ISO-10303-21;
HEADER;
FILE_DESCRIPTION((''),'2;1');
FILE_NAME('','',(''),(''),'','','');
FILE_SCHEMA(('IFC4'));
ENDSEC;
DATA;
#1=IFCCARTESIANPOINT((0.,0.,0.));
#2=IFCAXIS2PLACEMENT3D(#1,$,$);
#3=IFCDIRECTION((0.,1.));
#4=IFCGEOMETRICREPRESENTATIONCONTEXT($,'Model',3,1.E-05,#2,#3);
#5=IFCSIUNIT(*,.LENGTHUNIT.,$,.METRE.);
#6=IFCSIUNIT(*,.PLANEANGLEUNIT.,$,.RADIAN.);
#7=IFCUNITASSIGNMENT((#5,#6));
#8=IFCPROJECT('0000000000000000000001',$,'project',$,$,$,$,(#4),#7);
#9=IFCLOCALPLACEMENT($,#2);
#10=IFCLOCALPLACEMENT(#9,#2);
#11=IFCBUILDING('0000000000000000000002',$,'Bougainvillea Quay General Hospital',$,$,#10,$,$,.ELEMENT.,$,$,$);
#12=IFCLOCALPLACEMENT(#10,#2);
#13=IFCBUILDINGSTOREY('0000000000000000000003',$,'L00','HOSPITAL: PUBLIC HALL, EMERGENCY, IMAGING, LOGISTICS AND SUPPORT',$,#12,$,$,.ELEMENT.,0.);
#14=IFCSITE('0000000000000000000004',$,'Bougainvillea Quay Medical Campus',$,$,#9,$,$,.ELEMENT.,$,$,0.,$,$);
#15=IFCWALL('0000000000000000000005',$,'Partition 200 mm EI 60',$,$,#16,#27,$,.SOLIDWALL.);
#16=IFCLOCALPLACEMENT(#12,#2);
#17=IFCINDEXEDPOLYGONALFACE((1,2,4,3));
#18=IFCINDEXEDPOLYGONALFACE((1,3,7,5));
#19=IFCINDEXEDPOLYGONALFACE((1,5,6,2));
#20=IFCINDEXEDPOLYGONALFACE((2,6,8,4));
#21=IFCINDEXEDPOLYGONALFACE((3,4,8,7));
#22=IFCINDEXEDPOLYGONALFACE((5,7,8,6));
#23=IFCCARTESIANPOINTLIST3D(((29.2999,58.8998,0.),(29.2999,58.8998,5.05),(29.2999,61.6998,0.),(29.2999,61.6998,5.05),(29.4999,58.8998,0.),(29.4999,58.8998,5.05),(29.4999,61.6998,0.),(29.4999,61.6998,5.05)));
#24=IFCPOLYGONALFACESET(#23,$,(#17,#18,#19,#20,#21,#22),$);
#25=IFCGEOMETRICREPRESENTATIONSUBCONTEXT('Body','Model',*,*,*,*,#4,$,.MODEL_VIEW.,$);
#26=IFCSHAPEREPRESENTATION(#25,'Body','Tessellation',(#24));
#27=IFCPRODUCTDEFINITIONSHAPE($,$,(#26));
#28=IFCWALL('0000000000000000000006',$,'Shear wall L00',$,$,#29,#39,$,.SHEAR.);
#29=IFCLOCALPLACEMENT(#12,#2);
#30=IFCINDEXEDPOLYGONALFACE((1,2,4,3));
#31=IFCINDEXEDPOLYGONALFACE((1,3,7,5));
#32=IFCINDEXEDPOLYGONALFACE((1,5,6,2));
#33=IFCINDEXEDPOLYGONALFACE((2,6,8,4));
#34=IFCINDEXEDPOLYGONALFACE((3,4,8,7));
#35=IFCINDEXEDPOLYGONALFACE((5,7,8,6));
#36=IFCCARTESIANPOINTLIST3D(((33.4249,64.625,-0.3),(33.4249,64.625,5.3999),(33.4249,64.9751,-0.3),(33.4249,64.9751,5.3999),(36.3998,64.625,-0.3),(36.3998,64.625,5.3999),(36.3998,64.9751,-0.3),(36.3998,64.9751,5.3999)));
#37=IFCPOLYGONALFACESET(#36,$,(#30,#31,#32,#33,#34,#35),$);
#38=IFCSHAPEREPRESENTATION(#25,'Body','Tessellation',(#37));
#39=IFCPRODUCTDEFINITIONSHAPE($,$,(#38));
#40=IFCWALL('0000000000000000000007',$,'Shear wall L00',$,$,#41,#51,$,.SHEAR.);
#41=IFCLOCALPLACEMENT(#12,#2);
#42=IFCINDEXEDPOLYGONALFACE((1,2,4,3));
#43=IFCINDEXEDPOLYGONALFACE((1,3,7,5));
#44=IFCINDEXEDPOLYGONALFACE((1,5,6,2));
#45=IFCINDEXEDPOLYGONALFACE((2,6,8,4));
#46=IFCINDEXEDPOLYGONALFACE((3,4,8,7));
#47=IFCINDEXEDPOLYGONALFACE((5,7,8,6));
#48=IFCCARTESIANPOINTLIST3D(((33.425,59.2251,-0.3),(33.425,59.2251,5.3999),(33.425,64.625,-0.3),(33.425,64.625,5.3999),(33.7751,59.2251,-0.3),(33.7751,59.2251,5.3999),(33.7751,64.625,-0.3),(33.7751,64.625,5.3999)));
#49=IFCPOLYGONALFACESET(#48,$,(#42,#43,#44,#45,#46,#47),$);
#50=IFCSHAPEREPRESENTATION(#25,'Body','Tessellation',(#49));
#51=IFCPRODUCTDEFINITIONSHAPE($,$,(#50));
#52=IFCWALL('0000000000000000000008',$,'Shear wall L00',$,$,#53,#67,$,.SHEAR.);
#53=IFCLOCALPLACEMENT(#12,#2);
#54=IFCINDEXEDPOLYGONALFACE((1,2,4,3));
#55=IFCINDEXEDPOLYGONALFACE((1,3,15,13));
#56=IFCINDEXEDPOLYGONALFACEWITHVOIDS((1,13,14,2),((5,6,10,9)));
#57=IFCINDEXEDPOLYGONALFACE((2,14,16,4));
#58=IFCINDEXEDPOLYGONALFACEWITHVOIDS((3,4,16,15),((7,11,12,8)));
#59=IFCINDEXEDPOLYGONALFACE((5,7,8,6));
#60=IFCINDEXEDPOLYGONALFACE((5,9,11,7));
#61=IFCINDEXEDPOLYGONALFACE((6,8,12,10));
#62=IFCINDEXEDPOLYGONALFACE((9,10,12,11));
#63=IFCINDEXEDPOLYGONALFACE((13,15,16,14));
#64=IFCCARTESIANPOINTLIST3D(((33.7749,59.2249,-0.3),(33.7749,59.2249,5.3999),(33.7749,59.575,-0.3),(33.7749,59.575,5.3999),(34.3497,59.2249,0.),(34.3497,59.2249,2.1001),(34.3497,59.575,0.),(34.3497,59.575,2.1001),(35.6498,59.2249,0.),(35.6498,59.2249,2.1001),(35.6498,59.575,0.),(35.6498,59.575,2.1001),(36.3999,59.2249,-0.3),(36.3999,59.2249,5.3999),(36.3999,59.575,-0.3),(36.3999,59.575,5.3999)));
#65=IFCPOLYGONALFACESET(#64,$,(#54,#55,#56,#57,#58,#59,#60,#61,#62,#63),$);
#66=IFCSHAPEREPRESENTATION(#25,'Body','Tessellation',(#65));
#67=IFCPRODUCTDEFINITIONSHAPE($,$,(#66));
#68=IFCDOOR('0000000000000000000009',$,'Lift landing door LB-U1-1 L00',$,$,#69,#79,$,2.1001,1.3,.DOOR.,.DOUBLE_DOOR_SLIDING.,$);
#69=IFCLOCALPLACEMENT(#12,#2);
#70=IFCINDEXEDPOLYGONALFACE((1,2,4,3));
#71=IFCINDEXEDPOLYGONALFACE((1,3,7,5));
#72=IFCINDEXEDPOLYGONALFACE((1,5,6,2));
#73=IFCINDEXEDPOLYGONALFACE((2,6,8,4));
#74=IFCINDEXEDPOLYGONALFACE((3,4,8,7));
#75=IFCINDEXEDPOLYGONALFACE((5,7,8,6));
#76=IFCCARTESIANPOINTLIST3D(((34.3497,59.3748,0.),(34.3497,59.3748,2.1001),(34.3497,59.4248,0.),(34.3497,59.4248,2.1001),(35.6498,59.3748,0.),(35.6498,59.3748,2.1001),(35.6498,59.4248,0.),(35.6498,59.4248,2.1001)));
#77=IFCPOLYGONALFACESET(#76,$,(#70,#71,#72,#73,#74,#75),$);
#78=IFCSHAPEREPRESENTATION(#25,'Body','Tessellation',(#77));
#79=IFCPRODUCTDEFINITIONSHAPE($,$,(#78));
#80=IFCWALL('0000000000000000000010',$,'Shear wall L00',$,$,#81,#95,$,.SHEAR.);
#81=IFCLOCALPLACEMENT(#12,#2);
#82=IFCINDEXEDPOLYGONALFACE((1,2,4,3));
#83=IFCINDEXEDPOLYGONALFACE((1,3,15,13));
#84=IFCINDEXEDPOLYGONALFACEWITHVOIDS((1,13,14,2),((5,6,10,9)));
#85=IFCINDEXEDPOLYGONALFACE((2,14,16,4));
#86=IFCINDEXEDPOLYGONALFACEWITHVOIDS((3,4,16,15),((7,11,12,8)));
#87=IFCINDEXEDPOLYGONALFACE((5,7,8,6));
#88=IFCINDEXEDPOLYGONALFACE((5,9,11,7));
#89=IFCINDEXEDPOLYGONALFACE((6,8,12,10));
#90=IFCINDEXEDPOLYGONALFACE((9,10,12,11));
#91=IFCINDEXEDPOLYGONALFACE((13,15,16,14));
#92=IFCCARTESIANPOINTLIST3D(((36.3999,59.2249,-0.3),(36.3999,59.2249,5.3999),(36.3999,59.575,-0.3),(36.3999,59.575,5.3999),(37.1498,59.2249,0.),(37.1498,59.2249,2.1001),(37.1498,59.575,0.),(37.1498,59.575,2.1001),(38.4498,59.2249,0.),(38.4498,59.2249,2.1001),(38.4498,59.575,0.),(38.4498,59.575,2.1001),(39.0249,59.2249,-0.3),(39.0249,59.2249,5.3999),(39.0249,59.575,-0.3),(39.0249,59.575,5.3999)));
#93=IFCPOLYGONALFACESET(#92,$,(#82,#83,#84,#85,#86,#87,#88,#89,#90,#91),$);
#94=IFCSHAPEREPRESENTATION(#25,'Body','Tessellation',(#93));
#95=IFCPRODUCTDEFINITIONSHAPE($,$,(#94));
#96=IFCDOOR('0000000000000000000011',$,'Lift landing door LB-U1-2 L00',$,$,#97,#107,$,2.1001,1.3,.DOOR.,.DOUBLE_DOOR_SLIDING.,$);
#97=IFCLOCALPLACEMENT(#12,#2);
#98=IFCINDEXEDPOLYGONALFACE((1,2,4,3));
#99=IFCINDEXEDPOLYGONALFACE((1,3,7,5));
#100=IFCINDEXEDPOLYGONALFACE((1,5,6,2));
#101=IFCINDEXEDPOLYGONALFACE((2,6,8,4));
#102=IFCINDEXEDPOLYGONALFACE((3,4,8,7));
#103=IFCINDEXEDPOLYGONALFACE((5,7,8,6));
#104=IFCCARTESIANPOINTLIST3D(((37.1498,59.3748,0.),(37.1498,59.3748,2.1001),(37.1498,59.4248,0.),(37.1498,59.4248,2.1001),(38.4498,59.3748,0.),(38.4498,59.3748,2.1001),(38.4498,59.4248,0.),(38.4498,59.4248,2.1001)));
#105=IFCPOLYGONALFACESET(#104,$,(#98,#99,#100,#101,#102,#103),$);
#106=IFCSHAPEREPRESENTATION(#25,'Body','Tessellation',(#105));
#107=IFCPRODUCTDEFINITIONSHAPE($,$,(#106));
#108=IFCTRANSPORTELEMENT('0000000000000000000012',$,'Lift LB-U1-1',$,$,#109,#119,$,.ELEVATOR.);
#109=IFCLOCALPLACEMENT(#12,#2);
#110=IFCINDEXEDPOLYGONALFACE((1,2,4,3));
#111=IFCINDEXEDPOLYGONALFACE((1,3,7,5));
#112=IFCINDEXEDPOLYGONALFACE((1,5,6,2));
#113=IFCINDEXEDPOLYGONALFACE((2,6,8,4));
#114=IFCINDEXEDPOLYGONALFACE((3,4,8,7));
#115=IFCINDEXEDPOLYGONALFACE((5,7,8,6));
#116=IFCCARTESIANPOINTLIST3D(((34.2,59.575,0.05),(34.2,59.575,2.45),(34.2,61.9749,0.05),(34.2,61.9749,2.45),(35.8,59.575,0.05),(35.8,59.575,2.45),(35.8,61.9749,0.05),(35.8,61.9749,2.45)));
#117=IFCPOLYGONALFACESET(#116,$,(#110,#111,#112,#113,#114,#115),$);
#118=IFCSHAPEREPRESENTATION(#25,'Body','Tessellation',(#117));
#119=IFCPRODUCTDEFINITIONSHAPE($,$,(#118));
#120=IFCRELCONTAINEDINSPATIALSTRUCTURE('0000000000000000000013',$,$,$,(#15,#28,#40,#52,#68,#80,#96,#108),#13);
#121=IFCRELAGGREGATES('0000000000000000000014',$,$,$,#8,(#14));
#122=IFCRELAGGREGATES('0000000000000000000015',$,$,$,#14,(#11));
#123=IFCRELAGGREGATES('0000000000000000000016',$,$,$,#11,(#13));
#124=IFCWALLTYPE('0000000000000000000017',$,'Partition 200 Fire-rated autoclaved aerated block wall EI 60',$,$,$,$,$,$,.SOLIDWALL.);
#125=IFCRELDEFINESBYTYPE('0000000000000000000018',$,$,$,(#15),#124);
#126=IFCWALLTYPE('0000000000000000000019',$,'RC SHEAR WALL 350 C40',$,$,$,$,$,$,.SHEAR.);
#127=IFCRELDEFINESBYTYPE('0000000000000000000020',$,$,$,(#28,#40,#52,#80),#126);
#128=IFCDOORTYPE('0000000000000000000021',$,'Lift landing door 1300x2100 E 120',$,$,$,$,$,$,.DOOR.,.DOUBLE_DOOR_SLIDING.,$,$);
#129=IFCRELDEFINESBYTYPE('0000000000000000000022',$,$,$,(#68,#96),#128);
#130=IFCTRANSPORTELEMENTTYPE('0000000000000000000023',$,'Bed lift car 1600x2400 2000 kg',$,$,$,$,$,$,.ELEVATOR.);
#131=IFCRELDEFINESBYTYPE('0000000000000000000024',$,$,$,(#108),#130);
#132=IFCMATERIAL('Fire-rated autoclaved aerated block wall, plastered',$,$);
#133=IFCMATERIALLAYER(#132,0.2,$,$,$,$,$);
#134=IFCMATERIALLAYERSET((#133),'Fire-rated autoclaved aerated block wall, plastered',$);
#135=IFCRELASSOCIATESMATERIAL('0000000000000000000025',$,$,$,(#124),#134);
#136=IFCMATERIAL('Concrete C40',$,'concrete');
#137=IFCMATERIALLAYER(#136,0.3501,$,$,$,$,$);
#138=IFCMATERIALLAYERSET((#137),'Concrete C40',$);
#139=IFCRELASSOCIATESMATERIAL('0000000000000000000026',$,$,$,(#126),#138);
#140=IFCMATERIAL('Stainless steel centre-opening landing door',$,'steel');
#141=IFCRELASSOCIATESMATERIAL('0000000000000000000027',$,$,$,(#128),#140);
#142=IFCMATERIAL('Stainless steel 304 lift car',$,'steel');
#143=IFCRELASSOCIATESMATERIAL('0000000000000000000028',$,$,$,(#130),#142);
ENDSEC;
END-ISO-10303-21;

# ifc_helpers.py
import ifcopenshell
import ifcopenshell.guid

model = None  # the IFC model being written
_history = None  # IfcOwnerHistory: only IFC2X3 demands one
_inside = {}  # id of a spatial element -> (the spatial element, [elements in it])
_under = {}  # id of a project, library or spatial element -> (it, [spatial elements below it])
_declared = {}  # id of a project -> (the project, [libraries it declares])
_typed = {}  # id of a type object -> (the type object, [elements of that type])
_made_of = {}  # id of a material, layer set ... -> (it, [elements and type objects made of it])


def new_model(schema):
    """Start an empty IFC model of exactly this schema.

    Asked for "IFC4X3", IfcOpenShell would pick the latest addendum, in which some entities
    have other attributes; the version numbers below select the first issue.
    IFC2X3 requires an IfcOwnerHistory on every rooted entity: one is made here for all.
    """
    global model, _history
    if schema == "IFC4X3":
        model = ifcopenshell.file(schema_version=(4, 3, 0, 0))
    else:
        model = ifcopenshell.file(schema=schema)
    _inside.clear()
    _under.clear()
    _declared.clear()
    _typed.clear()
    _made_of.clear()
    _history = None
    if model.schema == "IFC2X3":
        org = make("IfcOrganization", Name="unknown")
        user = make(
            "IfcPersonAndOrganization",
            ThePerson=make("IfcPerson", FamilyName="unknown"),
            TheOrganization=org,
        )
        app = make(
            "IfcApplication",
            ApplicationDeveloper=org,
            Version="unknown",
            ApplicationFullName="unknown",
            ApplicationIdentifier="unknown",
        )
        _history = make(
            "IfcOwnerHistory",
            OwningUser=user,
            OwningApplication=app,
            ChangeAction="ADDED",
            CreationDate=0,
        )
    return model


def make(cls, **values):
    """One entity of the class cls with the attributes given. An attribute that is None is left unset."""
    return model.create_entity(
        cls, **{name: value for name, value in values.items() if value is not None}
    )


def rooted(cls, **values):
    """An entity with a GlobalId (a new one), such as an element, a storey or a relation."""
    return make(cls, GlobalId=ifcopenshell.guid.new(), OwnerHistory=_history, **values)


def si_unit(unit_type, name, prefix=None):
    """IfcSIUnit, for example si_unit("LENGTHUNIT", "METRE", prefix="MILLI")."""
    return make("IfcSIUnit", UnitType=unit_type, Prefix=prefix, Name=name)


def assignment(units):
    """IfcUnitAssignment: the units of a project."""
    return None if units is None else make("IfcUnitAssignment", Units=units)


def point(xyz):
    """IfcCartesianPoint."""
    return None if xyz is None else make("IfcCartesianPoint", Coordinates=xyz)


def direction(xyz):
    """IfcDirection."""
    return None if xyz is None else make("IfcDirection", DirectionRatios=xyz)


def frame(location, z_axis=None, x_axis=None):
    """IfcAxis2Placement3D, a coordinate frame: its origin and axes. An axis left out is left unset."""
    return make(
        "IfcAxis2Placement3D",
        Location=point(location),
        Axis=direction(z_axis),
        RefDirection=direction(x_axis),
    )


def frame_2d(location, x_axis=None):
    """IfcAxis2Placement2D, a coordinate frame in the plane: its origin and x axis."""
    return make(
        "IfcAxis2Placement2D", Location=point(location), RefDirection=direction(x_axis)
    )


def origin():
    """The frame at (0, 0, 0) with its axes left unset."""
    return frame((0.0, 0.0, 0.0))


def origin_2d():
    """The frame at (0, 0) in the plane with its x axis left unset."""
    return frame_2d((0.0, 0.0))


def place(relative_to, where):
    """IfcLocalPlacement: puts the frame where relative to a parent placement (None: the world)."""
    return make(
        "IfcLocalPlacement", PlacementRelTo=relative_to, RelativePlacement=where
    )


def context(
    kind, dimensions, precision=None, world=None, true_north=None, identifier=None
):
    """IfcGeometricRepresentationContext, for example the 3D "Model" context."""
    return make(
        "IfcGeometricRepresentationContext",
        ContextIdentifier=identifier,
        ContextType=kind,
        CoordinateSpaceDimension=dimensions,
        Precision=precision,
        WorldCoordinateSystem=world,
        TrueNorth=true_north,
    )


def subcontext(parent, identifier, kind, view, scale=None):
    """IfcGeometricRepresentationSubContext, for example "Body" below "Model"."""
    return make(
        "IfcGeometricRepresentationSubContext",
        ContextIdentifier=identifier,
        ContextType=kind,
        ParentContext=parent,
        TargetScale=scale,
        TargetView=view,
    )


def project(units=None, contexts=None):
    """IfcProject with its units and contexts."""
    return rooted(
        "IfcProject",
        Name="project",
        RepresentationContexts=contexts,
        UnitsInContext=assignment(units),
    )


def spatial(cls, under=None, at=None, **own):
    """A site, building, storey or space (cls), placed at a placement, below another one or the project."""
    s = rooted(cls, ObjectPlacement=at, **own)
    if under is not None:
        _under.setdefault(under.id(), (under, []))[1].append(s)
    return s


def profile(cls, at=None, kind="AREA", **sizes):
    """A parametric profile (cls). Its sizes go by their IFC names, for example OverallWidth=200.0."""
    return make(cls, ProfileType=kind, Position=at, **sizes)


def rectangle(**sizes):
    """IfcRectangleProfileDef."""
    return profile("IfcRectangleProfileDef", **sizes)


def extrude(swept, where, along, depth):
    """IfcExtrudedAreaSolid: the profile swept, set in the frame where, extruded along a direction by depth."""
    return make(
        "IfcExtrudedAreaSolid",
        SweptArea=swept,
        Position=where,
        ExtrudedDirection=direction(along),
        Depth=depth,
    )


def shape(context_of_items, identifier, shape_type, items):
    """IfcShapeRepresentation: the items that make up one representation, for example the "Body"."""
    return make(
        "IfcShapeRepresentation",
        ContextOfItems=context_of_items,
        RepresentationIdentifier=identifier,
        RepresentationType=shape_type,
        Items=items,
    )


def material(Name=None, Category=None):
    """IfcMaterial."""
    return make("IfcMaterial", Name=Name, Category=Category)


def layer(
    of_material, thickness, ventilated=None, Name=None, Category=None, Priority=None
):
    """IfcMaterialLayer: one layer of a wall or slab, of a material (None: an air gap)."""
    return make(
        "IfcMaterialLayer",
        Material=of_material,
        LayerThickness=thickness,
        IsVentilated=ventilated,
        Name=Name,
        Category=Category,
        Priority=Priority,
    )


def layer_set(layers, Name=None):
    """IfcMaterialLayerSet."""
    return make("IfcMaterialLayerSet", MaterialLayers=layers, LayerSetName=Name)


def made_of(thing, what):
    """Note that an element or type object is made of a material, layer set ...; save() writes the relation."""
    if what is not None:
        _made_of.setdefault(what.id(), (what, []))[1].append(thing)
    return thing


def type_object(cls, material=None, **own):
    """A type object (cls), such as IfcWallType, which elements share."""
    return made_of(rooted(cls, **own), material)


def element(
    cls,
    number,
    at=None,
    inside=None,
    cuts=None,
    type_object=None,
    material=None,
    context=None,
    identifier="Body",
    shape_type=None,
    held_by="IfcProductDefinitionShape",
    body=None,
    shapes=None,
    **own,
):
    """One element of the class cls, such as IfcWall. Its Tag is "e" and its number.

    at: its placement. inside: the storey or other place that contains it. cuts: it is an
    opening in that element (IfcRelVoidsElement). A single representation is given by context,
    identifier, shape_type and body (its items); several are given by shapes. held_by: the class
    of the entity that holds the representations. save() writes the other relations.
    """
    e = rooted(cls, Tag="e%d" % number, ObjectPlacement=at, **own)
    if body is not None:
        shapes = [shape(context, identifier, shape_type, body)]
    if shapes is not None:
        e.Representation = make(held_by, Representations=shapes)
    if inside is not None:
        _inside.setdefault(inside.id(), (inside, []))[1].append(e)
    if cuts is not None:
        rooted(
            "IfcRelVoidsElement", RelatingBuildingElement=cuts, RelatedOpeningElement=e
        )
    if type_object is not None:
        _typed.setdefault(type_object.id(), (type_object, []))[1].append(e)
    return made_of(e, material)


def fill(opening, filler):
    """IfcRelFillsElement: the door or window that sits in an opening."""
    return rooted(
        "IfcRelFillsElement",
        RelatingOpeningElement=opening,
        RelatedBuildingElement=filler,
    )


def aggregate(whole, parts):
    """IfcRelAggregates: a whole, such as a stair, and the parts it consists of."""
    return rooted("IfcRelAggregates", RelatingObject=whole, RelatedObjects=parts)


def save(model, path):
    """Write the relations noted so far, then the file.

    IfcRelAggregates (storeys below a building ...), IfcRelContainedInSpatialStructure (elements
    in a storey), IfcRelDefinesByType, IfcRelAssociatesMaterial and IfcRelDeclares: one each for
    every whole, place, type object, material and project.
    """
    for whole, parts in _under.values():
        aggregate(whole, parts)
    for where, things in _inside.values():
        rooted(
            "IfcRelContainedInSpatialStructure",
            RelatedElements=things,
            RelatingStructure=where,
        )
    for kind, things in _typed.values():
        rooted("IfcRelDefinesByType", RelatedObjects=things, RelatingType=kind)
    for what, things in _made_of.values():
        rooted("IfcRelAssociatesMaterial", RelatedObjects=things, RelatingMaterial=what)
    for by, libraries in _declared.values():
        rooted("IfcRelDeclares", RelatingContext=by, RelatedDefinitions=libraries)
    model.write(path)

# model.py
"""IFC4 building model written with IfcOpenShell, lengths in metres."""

from ifc_helpers import new_model, si_unit, direction, frame, frame_2d, origin, origin_2d, place, context, subcontext, project, spatial, rectangle, extrude, material, layer, layer_set, type_object, element, fill, save


model = new_model("IFC4")

# Units and contexts
model_context = context("Model", 3, precision=1e-05, world=origin(), true_north=direction((0.0, 1.0)))
body_context = subcontext(model_context, "Body", "Model", "MODEL_VIEW")
ifc_project = project(units=[si_unit("LENGTHUNIT", "METRE"), si_unit("PLANEANGLEUNIT", "RADIAN")], contexts=[model_context])

# Site, building, storey
site_placement = place(None, origin())
site = spatial("IfcSite", under=ifc_project, at=site_placement, Name="Bougainvillea Quay Medical Campus", CompositionType="ELEMENT", RefElevation=0.0)
building_placement = place(site_placement, origin())
building = spatial("IfcBuilding", under=site, at=building_placement, Name="Bougainvillea Quay General Hospital", CompositionType="ELEMENT")
storey_placement = place(building_placement, origin())
storey = spatial("IfcBuildingStorey", under=building, at=storey_placement, Name="L00", Description="HOSPITAL: PUBLIC HALL, EMERGENCY, IMAGING, LOGISTICS AND SUPPORT", CompositionType="ELEMENT", Elevation=0.0)

# Shared definitions
ifc_material_1 = material(Name="Concrete C40", Category="concrete")

# Shared definitions
ifc_material_2 = material(Name="Fire-rated autoclaved aerated block wall, plastered")
ifc_layer_1 = layer(ifc_material_2, 0.2)
ifc_layer_set_1 = layer_set([ifc_layer_1], Name="Fire-rated autoclaved aerated block wall, plastered")
wall_type_1 = type_object("IfcWallType", Name="Partition 200 Fire-rated autoclaved aerated block wall EI 60", PredefinedType="SOLIDWALL", material=ifc_layer_set_1)

# Walls
wall_1_placement = place(storey_placement, frame((29.3999, 58.8999, 0.0), z_axis=(0.0, 0.0, 1.0), x_axis=(0.0, 1.0, 0.0)))
element("IfcWall", 1, at=wall_1_placement, inside=storey, type_object=wall_type_1, Name="Partition 200 mm EI 60", PredefinedType="SOLIDWALL", context=body_context, shape_type="SweptSolid", body=[
    extrude(rectangle(XDim=2.8, YDim=0.2, at=frame_2d((1.3999, 0.0))), origin(), (0.0, 0.0, 1.0), 5.05),
])
ifc_layer_2 = layer(ifc_material_1, 0.3501)
ifc_layer_set_2 = layer_set([ifc_layer_2], Name="Concrete C40")
wall_type_2 = type_object("IfcWallType", Name="RC SHEAR WALL 350 C40", PredefinedType="SHEAR", material=ifc_layer_set_2)
wall_2_placement = place(storey_placement, frame((33.425, 64.8, -0.3), z_axis=(0.0, 0.0, 1.0), x_axis=(1.0, 0.0, 0.0)))
element("IfcWall", 2, at=wall_2_placement, inside=storey, type_object=wall_type_2, Name="Shear wall L00", PredefinedType="SHEAR", context=body_context, shape_type="SweptSolid", body=[
    extrude(rectangle(XDim=2.9749, YDim=0.3501, at=frame_2d((1.4873, 0.0))), origin(), (0.0, 0.0, 1.0), 5.7),
])
wall_3_placement = place(storey_placement, frame((33.6001, 59.2251, -0.3), z_axis=(0.0, 0.0, 1.0), x_axis=(0.0, 1.0, 0.0)))
element("IfcWall", 3, at=wall_3_placement, inside=storey, type_object=wall_type_2, Name="Shear wall L00", PredefinedType="SHEAR", context=body_context, shape_type="SweptSolid", body=[
    extrude(rectangle(XDim=5.3999, YDim=0.3501, at=frame_2d((2.7, 0.0))), origin(), (0.0, 0.0, 1.0), 5.7),
])

# Walls, openings, doors
wall_4_placement = place(storey_placement, frame((33.7749, 59.3999, -0.3), z_axis=(0.0, 0.0, 1.0), x_axis=(1.0, 0.0, 0.0)))
wall_4 = element("IfcWall", 4, at=wall_4_placement, inside=storey, type_object=wall_type_2, Name="Shear wall L00", PredefinedType="SHEAR", context=body_context, shape_type="SweptSolid", body=[
    extrude(rectangle(XDim=2.625, YDim=0.3501, at=frame_2d((1.3125, 0.0))), origin(), (0.0, 0.0, 1.0), 5.7),
])
opening_1_placement = place(wall_4_placement, frame((0.575, 0.0, 0.3)))
opening_1 = element("IfcOpeningElement", 5, at=opening_1_placement, cuts=wall_4, PredefinedType="OPENING", context=body_context, shape_type="SweptSolid", body=[
    extrude(rectangle(XDim=1.3, YDim=2.1001, at=frame_2d((0.6499, 1.05))), frame((0.0, 0.1851, 0.0), z_axis=(0.0, -1.0, 0.0), x_axis=(1.0, 0.0, 0.0)), (0.0, 0.0, 1.0), 0.3701),
])
ifc_material_3 = material(Name="Stainless steel centre-opening landing door", Category="steel")
door_type_1 = type_object("IfcDoorType", Name="Lift landing door 1300x2100 E 120", OperationType="DOUBLE_DOOR_SLIDING", PredefinedType="DOOR", material=ifc_material_3)
door_1_placement = place(opening_1_placement, origin())
door_1 = element("IfcDoor", 6, at=door_1_placement, inside=storey, type_object=door_type_1, Name="Lift landing door LB-U1-1 L00", OperationType="DOUBLE_DOOR_SLIDING", OverallHeight=2.1001, OverallWidth=1.3, PredefinedType="DOOR", context=body_context, shape_type="SweptSolid", body=[
    extrude(rectangle(XDim=1.3, YDim=2.1001, at=frame_2d((0.6499, 1.05))), frame((0.0, 0.0249, 0.0), z_axis=(0.0, -1.0, 0.0), x_axis=(1.0, 0.0, 0.0)), (0.0, 0.0, 1.0), 0.05),
])
fill(opening_1, door_1)
wall_5_placement = place(storey_placement, frame((36.3999, 59.3999, -0.3), z_axis=(0.0, 0.0, 1.0), x_axis=(1.0, 0.0, 0.0)))
wall_5 = element("IfcWall", 7, at=wall_5_placement, inside=storey, type_object=wall_type_2, Name="Shear wall L00", PredefinedType="SHEAR", context=body_context, shape_type="SweptSolid", body=[
    extrude(rectangle(XDim=2.625, YDim=0.3501, at=frame_2d((1.3125, 0.0))), origin(), (0.0, 0.0, 1.0), 5.7),
])
opening_2_placement = place(wall_5_placement, frame((0.75, 0.0, 0.3)))
opening_2 = element("IfcOpeningElement", 8, at=opening_2_placement, cuts=wall_5, PredefinedType="OPENING", context=body_context, shape_type="SweptSolid", body=[
    extrude(rectangle(XDim=1.3, YDim=2.1001, at=frame_2d((0.6499, 1.05))), frame((0.0, 0.1851, 0.0), z_axis=(0.0, -1.0, 0.0), x_axis=(1.0, 0.0, 0.0)), (0.0, 0.0, 1.0), 0.3701),
])
door_2_placement = place(opening_2_placement, origin())
door_2 = element("IfcDoor", 9, at=door_2_placement, inside=storey, type_object=door_type_1, Name="Lift landing door LB-U1-2 L00", OperationType="DOUBLE_DOOR_SLIDING", OverallHeight=2.1001, OverallWidth=1.3, PredefinedType="DOOR", context=body_context, shape_type="SweptSolid", body=[
    extrude(rectangle(XDim=1.3, YDim=2.1001, at=frame_2d((0.6499, 1.05))), frame((0.0, 0.0249, 0.0), z_axis=(0.0, -1.0, 0.0), x_axis=(1.0, 0.0, 0.0)), (0.0, 0.0, 1.0), 0.05),
])
fill(opening_2, door_2)

# Transport element
ifc_material_4 = material(Name="Stainless steel 304 lift car", Category="steel")
transport_element_type = type_object("IfcTransportElementType", Name="Bed lift car 1600x2400 2000 kg", PredefinedType="ELEVATOR", material=ifc_material_4)
transport_element_placement = place(storey_placement, frame((35.0, 60.7749, 0.05), z_axis=(0.0, 0.0, 1.0), x_axis=(1.0, 0.0, 0.0)))
element("IfcTransportElement", 10, at=transport_element_placement, inside=storey, type_object=transport_element_type, Name="Lift LB-U1-1", PredefinedType="ELEVATOR", context=body_context, shape_type="SweptSolid", body=[
    extrude(rectangle(XDim=1.6001, YDim=2.3999, at=origin_2d()), origin(), (0.0, 0.0, 1.0), 2.3999),
])

save(model, "model.ifc")
